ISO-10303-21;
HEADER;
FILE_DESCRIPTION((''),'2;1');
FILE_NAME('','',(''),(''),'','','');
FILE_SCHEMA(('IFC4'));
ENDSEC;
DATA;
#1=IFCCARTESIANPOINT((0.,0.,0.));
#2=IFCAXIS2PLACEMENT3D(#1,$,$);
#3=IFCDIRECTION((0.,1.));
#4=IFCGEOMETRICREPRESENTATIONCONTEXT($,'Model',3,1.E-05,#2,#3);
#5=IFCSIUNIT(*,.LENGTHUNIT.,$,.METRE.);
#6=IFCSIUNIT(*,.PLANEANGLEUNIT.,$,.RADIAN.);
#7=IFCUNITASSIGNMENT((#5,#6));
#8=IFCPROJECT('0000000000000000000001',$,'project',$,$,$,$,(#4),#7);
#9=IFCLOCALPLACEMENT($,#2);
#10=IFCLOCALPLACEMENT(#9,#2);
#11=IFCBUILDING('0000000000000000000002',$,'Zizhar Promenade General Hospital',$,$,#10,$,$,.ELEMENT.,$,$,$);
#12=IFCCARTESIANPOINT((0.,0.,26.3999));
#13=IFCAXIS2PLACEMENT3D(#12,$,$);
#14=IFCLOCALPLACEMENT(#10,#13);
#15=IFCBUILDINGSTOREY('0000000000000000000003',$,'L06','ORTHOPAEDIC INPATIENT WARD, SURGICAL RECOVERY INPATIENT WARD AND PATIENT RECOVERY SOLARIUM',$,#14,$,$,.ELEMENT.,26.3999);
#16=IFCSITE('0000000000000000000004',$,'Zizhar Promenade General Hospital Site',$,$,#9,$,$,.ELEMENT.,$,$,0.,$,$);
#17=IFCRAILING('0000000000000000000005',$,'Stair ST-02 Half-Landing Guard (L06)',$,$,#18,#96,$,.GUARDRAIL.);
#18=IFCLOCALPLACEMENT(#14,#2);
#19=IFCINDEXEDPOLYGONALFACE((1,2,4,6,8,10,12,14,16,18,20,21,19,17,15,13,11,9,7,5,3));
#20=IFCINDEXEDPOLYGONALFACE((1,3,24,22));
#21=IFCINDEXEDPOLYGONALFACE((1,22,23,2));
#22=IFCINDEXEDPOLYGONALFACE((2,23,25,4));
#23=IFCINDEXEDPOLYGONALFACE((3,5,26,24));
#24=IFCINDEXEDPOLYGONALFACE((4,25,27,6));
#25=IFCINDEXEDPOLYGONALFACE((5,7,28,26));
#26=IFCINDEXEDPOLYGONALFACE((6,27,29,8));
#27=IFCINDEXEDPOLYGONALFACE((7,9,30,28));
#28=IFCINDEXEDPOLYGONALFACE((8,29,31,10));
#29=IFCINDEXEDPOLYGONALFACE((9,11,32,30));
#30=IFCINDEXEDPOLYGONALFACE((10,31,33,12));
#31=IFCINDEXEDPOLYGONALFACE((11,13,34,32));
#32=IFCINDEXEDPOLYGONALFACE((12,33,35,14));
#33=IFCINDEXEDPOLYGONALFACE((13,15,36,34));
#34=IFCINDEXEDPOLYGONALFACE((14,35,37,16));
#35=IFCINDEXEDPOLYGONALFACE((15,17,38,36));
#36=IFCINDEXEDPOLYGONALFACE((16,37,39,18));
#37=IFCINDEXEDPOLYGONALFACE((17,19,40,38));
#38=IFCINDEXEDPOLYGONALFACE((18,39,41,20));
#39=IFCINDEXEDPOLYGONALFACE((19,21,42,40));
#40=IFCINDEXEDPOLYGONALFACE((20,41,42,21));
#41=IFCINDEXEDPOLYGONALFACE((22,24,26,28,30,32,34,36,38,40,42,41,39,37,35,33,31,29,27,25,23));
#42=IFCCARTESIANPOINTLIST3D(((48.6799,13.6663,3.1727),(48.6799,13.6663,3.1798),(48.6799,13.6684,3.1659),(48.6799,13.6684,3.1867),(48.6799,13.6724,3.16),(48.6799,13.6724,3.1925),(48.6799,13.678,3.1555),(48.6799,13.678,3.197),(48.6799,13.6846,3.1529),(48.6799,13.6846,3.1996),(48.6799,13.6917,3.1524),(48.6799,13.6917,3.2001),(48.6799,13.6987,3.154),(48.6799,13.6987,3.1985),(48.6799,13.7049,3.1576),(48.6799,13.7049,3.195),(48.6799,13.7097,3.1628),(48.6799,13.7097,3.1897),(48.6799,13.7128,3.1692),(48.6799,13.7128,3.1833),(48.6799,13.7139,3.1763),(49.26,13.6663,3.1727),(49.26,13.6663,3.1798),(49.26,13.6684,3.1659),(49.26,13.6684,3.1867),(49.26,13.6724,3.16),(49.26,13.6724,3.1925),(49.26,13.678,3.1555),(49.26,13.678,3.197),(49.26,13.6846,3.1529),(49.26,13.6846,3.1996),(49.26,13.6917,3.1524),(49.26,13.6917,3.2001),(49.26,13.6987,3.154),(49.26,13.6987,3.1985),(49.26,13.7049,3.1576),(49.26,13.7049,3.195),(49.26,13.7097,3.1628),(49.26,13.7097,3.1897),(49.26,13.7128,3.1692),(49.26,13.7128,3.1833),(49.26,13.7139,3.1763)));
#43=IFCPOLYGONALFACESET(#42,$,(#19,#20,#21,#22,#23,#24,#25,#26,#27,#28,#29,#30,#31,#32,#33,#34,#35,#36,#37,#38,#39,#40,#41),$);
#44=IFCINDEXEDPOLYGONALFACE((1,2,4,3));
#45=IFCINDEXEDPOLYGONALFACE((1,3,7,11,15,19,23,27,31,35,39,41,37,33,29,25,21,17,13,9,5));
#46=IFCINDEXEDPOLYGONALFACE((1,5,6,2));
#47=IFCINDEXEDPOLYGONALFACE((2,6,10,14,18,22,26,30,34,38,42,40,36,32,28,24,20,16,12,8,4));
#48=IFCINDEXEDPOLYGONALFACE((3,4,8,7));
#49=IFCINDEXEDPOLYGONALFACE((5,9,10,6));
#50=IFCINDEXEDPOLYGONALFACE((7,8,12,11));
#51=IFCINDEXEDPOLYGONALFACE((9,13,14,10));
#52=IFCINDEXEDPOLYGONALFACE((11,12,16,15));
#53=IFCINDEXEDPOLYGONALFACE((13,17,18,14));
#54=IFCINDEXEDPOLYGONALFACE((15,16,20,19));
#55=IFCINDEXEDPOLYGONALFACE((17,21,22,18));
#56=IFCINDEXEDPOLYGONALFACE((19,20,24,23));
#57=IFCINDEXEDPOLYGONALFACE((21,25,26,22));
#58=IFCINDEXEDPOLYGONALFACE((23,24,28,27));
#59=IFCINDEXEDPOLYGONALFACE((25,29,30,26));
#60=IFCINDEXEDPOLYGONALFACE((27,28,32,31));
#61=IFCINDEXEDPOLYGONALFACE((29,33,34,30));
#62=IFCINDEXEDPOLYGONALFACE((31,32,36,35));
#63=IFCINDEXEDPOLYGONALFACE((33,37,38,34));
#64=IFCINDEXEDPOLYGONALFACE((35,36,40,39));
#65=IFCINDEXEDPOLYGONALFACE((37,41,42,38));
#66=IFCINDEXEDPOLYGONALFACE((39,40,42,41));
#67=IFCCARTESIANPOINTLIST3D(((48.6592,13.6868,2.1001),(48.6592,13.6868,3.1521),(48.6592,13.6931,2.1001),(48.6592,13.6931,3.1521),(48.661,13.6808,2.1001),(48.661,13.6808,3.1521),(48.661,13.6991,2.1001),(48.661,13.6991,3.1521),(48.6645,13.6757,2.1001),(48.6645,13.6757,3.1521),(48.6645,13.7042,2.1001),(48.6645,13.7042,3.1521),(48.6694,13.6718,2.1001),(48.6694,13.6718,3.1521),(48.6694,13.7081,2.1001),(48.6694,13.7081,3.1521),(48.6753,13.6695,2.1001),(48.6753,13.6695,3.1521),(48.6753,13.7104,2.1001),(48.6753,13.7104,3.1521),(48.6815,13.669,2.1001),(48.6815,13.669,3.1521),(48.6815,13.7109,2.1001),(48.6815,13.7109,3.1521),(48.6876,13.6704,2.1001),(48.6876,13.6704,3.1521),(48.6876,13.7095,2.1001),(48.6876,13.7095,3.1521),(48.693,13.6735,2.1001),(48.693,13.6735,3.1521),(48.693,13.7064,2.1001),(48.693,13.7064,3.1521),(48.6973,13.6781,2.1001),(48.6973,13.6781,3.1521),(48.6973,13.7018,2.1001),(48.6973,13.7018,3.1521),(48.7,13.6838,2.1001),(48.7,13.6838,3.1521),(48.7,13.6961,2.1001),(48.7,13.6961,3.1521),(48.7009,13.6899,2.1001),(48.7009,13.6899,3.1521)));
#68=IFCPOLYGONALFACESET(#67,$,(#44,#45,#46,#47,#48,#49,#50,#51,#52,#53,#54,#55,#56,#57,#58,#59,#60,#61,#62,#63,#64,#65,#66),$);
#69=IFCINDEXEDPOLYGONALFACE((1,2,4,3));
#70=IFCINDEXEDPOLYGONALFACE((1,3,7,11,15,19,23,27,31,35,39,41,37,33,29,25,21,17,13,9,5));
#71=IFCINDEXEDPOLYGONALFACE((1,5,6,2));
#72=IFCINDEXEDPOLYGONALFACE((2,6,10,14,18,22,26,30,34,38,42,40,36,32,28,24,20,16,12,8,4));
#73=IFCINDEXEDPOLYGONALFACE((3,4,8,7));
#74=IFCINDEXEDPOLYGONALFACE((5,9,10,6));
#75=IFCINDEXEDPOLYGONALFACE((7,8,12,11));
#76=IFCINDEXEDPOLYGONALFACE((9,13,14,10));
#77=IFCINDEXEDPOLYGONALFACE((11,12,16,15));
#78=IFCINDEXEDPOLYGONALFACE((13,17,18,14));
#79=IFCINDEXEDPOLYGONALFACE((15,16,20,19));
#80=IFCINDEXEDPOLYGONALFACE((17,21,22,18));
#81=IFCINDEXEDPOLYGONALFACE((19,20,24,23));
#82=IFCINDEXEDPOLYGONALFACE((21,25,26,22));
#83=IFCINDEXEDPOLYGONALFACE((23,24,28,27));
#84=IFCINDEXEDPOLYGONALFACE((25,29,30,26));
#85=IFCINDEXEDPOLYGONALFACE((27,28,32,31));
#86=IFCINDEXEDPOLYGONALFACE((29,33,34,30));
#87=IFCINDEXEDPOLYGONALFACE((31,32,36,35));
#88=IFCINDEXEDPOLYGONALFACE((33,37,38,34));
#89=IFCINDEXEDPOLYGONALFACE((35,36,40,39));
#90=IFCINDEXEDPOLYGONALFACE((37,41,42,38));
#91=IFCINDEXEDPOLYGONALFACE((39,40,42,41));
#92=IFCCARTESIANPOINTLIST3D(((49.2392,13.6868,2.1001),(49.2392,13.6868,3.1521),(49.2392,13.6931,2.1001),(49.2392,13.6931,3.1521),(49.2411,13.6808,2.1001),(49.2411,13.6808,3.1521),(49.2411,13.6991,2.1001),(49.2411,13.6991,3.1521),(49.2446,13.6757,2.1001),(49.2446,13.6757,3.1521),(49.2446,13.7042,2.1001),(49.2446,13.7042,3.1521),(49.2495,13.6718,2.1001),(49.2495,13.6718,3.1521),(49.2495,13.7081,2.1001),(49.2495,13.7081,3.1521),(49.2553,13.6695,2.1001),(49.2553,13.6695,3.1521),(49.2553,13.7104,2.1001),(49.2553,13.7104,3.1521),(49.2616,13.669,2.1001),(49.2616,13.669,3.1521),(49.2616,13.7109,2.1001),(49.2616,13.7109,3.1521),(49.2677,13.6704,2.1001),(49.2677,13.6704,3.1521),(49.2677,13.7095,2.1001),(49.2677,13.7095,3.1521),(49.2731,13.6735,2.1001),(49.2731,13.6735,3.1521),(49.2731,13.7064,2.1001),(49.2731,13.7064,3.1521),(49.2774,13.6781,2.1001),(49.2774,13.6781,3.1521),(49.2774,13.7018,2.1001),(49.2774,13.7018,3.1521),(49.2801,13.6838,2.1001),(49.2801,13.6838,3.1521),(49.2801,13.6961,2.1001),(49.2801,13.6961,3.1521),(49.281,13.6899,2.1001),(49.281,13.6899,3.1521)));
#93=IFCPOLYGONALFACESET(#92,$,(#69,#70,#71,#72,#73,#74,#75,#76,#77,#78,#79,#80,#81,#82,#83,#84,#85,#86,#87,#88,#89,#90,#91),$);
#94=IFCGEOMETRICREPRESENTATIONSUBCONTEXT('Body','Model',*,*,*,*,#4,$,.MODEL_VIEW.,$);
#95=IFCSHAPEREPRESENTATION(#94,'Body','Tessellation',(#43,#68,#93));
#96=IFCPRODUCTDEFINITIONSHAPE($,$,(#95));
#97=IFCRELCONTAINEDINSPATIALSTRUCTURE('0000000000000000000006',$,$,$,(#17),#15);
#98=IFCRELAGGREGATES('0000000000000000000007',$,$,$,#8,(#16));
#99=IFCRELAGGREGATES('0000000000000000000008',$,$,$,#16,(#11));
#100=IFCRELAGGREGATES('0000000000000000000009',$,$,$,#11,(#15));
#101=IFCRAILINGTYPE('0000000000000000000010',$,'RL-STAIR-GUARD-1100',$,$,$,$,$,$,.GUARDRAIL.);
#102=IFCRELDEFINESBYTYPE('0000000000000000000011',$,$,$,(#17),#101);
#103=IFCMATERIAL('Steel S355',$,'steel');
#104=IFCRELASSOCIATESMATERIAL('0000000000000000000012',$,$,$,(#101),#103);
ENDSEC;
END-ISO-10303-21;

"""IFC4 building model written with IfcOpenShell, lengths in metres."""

from ifc_helpers import new_model, si_unit, direction, frame, origin, origin_2d, place, context, subcontext, project, spatial, circle, hollow_circle, extrude, material, material_profile, profile_set, type_object, element, save


model = new_model("IFC4")

# Units and contexts
model_context = context("Model", 3, precision=1e-05, world=origin(), true_north=direction((0.0, 1.0)))
body_context = subcontext(model_context, "Body", "Model", "MODEL_VIEW")
ifc_project = project(units=[si_unit("LENGTHUNIT", "METRE"), si_unit("PLANEANGLEUNIT", "RADIAN")], contexts=[model_context])

# Site, building, storey
site_placement = place(None, origin())
site = spatial("IfcSite", under=ifc_project, at=site_placement, Name="Zizhar Promenade General Hospital Site", CompositionType="ELEMENT", RefElevation=0.0)
building_placement = place(site_placement, origin())
building = spatial("IfcBuilding", under=site, at=building_placement, Name="Zizhar Promenade General Hospital", CompositionType="ELEMENT")
storey_placement = place(building_placement, frame((0.0, 0.0, 26.3999)))
storey = spatial("IfcBuildingStorey", under=building, at=storey_placement, Name="L06", Description="ORTHOPAEDIC INPATIENT WARD, SURGICAL RECOVERY INPATIENT WARD AND PATIENT RECOVERY SOLARIUM", CompositionType="ELEMENT", Elevation=26.3999)

# Railing
ifc_material_1 = material(Name="Steel S355", Category="steel")
ifc_material_profile_1 = material_profile(ifc_material_1, hollow_circle(Radius=0.0698, WallThickness=0.0063, at=origin_2d()))
ifc_profile_set_1 = profile_set([ifc_material_profile_1], Name="Steel S355")
railing_type_1 = type_object("IfcRailingType", Name="RL-STAIR-GUARD-1100", PredefinedType="GUARDRAIL", material=ifc_profile_set_1)
railing_1_placement = place(storey_placement, frame((48.6799, 13.6899, 2.1001)))
element("IfcRailing", 1, at=railing_1_placement, inside=storey, type_object=railing_type_1, Name="Stair ST-02 Half-Landing Guard (L06)", PredefinedType="GUARDRAIL", context=body_context, shape_type="SweptSolid", body=[
    extrude(circle(Radius=0.0239, at=origin_2d()), frame((0.0, 0.0, 1.0762), z_axis=(1.0, 0.0, 0.0), x_axis=(0.0, 1.0, 0.0)), (0.0, 0.0, 1.0), 0.5801),
    extrude(circle(Radius=0.021, at=origin_2d()), origin(), (0.0, 0.0, 1.0), 1.052),
    extrude(circle(Radius=0.021, at=origin_2d()), frame((0.5801, 0.0, 0.0)), (0.0, 0.0, 1.0), 1.052),
])

save(model, "model.ifc")
